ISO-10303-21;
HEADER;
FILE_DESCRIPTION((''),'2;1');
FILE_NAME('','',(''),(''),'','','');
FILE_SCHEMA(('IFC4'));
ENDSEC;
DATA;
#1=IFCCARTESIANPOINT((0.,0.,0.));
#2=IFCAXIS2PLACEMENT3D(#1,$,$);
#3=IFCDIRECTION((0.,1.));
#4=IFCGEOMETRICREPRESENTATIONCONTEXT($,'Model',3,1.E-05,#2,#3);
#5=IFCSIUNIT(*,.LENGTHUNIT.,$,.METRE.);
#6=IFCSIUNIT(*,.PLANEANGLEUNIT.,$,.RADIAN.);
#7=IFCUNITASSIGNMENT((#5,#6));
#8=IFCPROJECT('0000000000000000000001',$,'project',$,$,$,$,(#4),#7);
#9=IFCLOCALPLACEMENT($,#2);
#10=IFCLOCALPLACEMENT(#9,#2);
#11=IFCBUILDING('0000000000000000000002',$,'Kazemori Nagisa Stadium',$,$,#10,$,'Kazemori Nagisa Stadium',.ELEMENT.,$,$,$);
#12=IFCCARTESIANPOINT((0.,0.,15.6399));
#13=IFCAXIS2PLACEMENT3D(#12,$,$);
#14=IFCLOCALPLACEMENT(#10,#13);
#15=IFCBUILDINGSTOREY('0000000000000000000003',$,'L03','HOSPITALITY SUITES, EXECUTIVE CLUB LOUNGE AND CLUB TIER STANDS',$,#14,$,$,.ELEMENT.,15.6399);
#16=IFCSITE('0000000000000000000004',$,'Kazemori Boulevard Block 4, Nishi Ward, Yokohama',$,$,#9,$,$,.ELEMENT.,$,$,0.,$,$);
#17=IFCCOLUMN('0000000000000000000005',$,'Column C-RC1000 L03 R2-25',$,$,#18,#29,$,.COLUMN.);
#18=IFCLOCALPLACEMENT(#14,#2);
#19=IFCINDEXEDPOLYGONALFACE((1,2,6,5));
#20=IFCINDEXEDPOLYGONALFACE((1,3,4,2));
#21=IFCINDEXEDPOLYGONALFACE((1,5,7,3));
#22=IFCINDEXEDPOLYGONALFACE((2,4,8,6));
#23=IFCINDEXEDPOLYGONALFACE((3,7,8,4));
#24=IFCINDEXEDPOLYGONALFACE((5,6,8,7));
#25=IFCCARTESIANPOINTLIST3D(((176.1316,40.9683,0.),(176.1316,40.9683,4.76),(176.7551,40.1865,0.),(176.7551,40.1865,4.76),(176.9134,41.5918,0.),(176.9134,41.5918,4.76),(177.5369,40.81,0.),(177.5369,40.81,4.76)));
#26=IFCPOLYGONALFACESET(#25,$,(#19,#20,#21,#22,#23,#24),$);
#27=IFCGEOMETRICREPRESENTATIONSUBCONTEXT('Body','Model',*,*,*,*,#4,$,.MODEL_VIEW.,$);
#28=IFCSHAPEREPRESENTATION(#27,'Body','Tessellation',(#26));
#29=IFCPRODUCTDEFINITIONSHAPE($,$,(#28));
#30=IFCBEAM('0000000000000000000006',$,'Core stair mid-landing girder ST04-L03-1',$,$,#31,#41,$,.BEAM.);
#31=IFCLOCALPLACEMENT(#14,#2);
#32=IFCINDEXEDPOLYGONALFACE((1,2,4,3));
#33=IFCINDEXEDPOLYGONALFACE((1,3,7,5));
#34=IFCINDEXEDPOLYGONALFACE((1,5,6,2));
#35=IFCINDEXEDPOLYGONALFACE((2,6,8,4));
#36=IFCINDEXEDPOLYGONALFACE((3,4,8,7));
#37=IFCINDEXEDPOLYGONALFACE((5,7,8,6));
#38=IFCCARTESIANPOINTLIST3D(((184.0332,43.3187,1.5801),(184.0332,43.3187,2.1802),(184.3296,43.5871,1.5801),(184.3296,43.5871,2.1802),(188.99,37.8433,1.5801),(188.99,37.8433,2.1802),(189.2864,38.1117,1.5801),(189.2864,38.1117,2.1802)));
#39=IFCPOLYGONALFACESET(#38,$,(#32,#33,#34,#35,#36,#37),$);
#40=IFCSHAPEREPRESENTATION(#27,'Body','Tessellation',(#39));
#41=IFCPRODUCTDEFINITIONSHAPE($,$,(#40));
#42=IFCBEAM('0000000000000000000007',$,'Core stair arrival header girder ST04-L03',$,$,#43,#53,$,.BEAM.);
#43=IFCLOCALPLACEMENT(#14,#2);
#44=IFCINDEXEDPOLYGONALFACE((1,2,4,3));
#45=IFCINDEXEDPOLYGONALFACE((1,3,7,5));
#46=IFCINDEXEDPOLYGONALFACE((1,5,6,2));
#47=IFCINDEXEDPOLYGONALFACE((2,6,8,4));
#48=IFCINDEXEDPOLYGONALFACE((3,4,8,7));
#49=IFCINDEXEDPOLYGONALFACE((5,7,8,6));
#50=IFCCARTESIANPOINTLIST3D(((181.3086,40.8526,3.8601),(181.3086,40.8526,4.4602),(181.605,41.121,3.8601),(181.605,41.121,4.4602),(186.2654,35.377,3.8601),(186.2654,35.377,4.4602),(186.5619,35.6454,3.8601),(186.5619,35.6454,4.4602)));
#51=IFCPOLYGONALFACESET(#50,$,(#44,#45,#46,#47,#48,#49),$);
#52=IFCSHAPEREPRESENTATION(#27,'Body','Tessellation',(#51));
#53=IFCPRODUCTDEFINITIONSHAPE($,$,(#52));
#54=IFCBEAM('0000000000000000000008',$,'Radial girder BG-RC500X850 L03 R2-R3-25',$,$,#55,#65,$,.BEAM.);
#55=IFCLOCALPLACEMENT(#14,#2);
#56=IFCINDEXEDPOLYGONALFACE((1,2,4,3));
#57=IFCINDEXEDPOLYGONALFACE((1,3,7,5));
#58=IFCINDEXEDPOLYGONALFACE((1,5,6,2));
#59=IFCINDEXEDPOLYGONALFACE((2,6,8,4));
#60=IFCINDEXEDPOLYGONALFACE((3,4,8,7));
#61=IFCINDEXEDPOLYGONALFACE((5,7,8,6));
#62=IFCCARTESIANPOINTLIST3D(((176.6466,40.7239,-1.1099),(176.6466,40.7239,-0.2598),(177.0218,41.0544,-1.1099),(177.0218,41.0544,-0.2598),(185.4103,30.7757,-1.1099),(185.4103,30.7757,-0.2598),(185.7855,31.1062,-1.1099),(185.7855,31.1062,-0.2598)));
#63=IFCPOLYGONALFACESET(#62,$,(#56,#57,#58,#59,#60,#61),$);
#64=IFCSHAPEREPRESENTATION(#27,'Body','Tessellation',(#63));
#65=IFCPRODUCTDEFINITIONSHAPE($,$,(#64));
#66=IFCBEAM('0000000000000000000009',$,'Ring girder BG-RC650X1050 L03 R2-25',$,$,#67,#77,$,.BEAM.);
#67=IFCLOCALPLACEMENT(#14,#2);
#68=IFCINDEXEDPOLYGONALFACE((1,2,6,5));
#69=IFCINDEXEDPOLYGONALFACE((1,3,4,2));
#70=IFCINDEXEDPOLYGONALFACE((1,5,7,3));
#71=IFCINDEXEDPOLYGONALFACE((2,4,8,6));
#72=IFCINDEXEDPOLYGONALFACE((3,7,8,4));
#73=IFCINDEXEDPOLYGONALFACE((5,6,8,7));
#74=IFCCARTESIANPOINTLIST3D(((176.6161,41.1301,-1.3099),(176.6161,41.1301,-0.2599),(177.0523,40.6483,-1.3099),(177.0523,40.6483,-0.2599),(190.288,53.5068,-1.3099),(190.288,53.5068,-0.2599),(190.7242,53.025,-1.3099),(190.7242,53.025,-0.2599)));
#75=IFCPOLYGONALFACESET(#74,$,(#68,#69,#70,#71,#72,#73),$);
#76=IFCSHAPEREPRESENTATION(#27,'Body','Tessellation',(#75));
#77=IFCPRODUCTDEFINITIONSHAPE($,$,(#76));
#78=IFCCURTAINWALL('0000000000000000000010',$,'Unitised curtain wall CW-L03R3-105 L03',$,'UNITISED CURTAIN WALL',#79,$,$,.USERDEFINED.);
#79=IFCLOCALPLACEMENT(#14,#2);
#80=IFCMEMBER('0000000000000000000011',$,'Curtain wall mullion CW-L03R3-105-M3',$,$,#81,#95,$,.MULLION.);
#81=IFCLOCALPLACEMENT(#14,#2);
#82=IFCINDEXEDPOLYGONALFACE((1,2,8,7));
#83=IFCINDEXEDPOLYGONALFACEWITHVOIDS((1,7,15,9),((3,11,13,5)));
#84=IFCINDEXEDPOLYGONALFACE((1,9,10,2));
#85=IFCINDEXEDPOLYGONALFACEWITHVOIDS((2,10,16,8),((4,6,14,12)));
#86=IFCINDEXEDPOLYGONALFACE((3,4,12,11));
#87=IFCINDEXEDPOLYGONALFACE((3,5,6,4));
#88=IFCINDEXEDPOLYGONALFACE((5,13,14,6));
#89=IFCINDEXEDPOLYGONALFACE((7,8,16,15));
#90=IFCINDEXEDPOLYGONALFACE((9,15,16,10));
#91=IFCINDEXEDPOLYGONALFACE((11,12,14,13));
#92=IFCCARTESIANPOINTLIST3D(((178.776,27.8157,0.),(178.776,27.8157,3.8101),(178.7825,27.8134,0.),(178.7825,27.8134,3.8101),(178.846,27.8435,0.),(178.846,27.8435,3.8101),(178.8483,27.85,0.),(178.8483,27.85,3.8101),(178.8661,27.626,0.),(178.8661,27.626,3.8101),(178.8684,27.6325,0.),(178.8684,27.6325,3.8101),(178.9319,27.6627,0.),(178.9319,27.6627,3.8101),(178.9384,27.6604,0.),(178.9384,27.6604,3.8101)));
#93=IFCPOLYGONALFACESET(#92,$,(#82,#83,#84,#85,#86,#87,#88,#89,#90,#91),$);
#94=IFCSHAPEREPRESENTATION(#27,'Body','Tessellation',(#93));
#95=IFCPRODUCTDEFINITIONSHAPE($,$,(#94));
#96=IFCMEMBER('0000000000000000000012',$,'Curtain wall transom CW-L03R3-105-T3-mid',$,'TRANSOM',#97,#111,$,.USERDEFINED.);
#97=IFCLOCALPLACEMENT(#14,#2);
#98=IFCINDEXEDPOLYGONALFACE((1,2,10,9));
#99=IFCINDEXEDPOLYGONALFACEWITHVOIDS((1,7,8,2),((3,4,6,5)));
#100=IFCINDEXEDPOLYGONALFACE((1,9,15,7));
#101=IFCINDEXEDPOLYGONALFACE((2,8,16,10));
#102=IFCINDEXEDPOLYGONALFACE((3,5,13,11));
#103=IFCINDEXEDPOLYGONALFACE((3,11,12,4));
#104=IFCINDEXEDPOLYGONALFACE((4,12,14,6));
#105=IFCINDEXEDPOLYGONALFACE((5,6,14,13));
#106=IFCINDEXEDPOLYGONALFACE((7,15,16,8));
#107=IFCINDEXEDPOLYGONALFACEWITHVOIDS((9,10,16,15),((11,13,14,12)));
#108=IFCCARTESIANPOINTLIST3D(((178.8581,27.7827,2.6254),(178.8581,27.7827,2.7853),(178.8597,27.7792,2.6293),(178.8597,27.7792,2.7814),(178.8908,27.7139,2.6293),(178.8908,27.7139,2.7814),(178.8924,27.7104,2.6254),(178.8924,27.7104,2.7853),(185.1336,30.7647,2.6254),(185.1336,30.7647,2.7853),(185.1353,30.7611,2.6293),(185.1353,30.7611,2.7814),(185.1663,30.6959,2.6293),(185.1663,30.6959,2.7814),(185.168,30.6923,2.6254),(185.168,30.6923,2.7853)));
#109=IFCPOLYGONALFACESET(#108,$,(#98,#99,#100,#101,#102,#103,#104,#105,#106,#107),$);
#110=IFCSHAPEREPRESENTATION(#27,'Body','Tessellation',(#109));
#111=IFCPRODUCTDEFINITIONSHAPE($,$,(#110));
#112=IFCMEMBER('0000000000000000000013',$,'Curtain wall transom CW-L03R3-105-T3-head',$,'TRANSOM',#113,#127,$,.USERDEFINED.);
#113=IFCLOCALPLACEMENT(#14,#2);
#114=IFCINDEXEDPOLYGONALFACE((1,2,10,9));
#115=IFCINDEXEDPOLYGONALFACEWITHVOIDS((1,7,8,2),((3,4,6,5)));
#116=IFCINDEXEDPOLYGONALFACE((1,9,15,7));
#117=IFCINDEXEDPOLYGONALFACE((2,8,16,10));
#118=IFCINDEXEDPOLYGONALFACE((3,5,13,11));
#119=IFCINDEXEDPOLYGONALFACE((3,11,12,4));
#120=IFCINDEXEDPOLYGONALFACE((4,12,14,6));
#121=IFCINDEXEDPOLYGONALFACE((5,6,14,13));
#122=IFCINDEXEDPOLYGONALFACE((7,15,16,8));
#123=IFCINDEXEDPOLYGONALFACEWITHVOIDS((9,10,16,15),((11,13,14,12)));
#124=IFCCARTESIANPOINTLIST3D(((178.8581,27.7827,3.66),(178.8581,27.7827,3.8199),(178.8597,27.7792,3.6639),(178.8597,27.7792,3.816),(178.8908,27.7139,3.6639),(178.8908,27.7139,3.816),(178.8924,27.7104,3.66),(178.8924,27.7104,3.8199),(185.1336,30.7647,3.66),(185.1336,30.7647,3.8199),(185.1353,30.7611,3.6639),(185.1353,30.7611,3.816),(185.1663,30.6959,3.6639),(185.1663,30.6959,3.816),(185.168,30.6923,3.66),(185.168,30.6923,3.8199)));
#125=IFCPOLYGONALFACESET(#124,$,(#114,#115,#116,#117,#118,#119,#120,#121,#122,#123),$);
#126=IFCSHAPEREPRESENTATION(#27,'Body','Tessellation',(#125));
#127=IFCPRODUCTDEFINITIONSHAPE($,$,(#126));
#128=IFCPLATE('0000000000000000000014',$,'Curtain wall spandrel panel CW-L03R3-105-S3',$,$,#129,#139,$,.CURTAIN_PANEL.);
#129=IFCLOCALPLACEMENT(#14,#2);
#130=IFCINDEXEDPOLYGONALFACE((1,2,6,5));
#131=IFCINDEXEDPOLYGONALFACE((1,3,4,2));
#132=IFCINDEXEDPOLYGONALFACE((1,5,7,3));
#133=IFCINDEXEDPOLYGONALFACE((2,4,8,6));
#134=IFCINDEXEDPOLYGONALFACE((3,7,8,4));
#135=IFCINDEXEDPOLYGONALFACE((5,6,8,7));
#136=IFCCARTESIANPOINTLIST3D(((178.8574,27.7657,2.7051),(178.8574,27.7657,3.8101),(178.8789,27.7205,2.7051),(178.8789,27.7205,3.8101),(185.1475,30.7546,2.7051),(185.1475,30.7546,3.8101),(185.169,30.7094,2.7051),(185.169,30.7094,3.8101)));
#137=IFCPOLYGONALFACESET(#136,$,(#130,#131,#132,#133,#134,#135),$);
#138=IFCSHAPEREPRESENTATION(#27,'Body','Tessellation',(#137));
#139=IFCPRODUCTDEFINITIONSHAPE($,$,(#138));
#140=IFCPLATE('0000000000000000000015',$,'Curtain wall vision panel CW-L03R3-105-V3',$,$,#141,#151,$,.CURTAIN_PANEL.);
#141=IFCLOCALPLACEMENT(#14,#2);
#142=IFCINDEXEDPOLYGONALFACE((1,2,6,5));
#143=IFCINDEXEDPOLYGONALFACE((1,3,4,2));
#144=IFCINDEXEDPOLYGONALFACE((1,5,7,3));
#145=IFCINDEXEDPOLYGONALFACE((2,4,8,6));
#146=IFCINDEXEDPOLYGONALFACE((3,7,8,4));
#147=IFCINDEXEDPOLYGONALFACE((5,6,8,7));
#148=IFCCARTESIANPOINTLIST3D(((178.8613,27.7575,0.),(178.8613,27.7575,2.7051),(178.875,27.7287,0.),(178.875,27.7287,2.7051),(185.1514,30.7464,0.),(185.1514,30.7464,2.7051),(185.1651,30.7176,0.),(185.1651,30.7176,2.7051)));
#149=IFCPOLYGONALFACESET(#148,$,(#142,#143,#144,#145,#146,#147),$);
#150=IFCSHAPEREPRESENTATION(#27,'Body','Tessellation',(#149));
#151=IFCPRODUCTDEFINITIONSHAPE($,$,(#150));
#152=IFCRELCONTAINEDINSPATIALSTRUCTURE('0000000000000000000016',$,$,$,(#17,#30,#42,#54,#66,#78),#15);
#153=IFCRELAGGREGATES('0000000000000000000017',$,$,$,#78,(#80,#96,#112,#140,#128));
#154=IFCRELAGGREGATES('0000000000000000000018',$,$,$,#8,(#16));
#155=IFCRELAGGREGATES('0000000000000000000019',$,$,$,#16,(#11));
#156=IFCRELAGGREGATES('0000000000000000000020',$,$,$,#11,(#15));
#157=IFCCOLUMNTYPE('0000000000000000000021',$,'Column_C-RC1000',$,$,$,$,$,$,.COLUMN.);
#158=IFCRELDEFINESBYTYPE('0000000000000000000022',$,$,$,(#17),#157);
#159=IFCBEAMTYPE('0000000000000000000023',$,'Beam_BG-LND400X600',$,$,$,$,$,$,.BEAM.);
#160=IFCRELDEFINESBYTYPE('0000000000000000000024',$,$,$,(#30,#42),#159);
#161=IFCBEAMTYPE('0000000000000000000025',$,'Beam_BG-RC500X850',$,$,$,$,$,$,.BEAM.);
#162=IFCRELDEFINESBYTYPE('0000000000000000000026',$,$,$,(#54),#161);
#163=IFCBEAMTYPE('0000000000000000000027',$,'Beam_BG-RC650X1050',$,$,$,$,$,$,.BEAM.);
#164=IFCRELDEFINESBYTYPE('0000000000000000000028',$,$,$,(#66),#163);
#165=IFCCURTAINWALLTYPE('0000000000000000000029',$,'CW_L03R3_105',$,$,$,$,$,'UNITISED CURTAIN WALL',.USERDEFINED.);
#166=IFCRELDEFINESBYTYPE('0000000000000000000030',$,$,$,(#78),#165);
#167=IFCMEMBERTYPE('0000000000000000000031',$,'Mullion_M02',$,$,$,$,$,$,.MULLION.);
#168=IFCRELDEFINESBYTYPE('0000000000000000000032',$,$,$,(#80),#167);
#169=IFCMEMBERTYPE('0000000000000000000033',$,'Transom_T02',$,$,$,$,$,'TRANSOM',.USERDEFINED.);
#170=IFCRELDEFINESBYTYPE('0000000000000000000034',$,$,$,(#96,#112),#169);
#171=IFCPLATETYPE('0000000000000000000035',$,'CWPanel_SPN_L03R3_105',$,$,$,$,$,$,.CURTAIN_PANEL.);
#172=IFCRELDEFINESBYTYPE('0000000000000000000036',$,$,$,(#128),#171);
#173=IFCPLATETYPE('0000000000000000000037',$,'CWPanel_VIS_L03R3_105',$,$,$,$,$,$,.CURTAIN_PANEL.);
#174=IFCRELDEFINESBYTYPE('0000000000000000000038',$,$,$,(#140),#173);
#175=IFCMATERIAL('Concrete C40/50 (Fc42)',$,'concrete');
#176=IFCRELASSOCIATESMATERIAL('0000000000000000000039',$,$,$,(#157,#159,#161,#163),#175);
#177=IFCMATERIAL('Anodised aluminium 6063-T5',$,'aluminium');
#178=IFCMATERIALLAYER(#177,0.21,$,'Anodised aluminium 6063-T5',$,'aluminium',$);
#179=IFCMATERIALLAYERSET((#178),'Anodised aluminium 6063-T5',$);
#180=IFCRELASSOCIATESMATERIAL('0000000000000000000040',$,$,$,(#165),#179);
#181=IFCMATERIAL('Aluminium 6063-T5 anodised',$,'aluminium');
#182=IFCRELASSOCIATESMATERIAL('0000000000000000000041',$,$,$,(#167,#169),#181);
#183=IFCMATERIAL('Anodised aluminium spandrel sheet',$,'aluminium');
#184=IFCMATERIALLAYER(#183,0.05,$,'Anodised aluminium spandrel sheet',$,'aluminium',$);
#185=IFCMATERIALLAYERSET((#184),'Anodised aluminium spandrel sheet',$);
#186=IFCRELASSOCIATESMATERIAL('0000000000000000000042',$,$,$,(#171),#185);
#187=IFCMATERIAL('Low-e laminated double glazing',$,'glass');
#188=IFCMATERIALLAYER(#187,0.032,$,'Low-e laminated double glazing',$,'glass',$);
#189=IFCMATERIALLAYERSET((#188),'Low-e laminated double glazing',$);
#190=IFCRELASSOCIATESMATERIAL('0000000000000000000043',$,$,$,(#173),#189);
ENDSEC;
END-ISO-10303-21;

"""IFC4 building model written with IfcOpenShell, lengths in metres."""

from ifc_helpers import new_model, si_unit, direction, frame, origin, origin_2d, place, context, subcontext, project, spatial, rectangle, hollow_rectangle, extrude, material, layer, layer_set, material_profile, profile_set, type_object, element, aggregate, save


model = new_model("IFC4")

# Units and contexts
model_context = context("Model", 3, precision=1e-05, world=origin(), true_north=direction((0.0, 1.0)))
body_context = subcontext(model_context, "Body", "Model", "MODEL_VIEW")
ifc_project = project(units=[si_unit("LENGTHUNIT", "METRE"), si_unit("PLANEANGLEUNIT", "RADIAN")], contexts=[model_context])

# Site, building, storey
site_placement = place(None, origin())
site = spatial("IfcSite", under=ifc_project, at=site_placement, Name="Kazemori Boulevard Block 4, Nishi Ward, Yokohama", CompositionType="ELEMENT", RefElevation=0.0)
building_placement = place(site_placement, origin())
building = spatial("IfcBuilding", under=site, at=building_placement, Name="Kazemori Nagisa Stadium", LongName="Kazemori Nagisa Stadium", CompositionType="ELEMENT")
storey_placement = place(building_placement, frame((0.0, 0.0, 15.6399)))
storey = spatial("IfcBuildingStorey", under=building, at=storey_placement, Name="L03", Description="HOSPITALITY SUITES, EXECUTIVE CLUB LOUNGE AND CLUB TIER STANDS", CompositionType="ELEMENT", Elevation=15.6399)

# Column
ifc_material_1 = material(Name="Concrete C40/50 (Fc42)", Category="concrete")
ifc_material_profile_1 = material_profile(ifc_material_1, rectangle(XDim=1.0, YDim=1.0, at=origin_2d()), Name="RC-COL-1000x1000")
ifc_profile_set_1 = profile_set([ifc_material_profile_1], Name="Concrete C40/50 (Fc42)")
column_type = type_object("IfcColumnType", Name="Column_C-RC1000", PredefinedType="COLUMN", material=ifc_profile_set_1)
column_placement = place(storey_placement, frame((176.8342, 40.8892, 0.0), z_axis=(0.0, 0.0, 1.0), x_axis=(0.62349, -0.781831, 0.0)))
element("IfcColumn", 1, at=column_placement, inside=storey, type_object=column_type, Name="Column C-RC1000 L03 R2-25", PredefinedType="COLUMN", context=body_context, shape_type="SweptSolid", body=[
    extrude(rectangle(XDim=1.0, YDim=1.0, at=origin_2d()), origin(), (0.0, 0.0, 1.0), 4.76),
])

# Beams
ifc_material_profile_2 = material_profile(ifc_material_1, rectangle(XDim=0.3999, YDim=0.6001, at=origin_2d()), Name="RC-BM-400x600")
ifc_profile_set_2 = profile_set([ifc_material_profile_2], Name="Concrete C40/50 (Fc42)")
beam_type_1 = type_object("IfcBeamType", Name="Beam_BG-LND400X600", PredefinedType="BEAM", material=ifc_profile_set_2)
beam_1_placement = place(storey_placement, frame((184.1814, 43.4529, 1.8801), z_axis=(0.67113, -0.74134, 0.0), x_axis=(0.74134, 0.67113, 0.0)))
element("IfcBeam", 2, at=beam_1_placement, inside=storey, type_object=beam_type_1, Name="Core stair mid-landing girder ST04-L03-1", PredefinedType="BEAM", context=body_context, shape_type="SweptSolid", body=[
    extrude(rectangle(XDim=0.3999, YDim=0.6001, at=origin_2d()), origin(), (0.0, 0.0, 1.0), 7.3857),
])
beam_2_placement = place(storey_placement, frame((181.4568, 40.9868, 4.1602), z_axis=(0.671113, -0.741355, 0.0), x_axis=(0.741355, 0.671113, 0.0)))
element("IfcBeam", 3, at=beam_2_placement, inside=storey, type_object=beam_type_1, Name="Core stair arrival header girder ST04-L03", PredefinedType="BEAM", context=body_context, shape_type="SweptSolid", body=[
    extrude(rectangle(XDim=0.3999, YDim=0.6001, at=origin_2d()), origin(), (0.0, 0.0, 1.0), 7.386),
])
ifc_material_profile_3 = material_profile(ifc_material_1, rectangle(XDim=0.5, YDim=0.8501, at=origin_2d()), Name="RC-BM-500x850")
ifc_profile_set_3 = profile_set([ifc_material_profile_3], Name="Concrete C40/50 (Fc42)")
beam_type_2 = type_object("IfcBeamType", Name="Beam_BG-RC500X850", PredefinedType="BEAM", material=ifc_profile_set_3)
beam_3_placement = place(storey_placement, frame((176.8342, 40.8892, -0.6848), z_axis=(0.66102, -0.750369, 0.0), x_axis=(0.750369, 0.66102, 0.0)))
element("IfcBeam", 4, at=beam_3_placement, inside=storey, type_object=beam_type_2, Name="Radial girder BG-RC500X850 L03 R2-R3-25", PredefinedType="BEAM", context=body_context, shape_type="SweptSolid", body=[
    extrude(rectangle(XDim=0.5, YDim=0.8501, at=origin_2d()), origin(), (0.0, 0.0, 1.0), 13.2578),
])
ifc_material_profile_4 = material_profile(ifc_material_1, rectangle(XDim=0.6499, YDim=1.05, at=origin_2d()), Name="RC-BM-650x1050")
ifc_profile_set_4 = profile_set([ifc_material_profile_4], Name="Concrete C40/50 (Fc42)")
beam_type_3 = type_object("IfcBeamType", Name="Beam_BG-RC650X1050", PredefinedType="BEAM", material=ifc_profile_set_4)
beam_4_placement = place(storey_placement, frame((176.8342, 40.8892, -0.7849), z_axis=(0.741349, 0.67112, 0.0), x_axis=(-0.67112, 0.741349, 0.0)))
element("IfcBeam", 5, at=beam_4_placement, inside=storey, type_object=beam_type_3, Name="Ring girder BG-RC650X1050 L03 R2-25", PredefinedType="BEAM", context=body_context, shape_type="SweptSolid", body=[
    extrude(rectangle(XDim=0.6499, YDim=1.05, at=origin_2d()), origin(), (0.0, 0.0, 1.0), 18.4419),
])

# Curtain wall, members, plates
ifc_material_2 = material(Name="Anodised aluminium 6063-T5", Category="aluminium")
ifc_layer_1 = layer(ifc_material_2, 0.21, Name="Anodised aluminium 6063-T5", Category="aluminium")
ifc_layer_set_1 = layer_set([ifc_layer_1], Name="Anodised aluminium 6063-T5")
curtain_wall_type = type_object("IfcCurtainWallType", Name="CW_L03R3_105", ElementType="UNITISED CURTAIN WALL", PredefinedType="USERDEFINED", material=ifc_layer_set_1)
curtain_wall_placement = place(storey_placement, origin())
curtain_wall = element("IfcCurtainWall", 6, at=curtain_wall_placement, inside=storey, type_object=curtain_wall_type, Name="Unitised curtain wall CW-L03R3-105 L03", ObjectType="UNITISED CURTAIN WALL", PredefinedType="USERDEFINED")
ifc_material_3 = material(Name="Aluminium 6063-T5 anodised", Category="aluminium")
ifc_material_profile_5 = material_profile(ifc_material_3, hollow_rectangle(XDim=0.0801, YDim=0.21, WallThickness=0.0049, at=origin_2d()), Name="ALU-MULL-80x210x5")
ifc_profile_set_5 = profile_set([ifc_material_profile_5], Name="Aluminium 6063-T5 anodised")
member_type_1 = type_object("IfcMemberType", Name="Mullion_M02", PredefinedType="MULLION", material=ifc_profile_set_5)
member_1_placement = place(storey_placement, frame((178.8572, 27.738, 0.0), z_axis=(0.0, 0.0, 1.0), x_axis=(0.903216, 0.429186, 0.0)))
member_1 = element("IfcMember", 7, at=member_1_placement, type_object=member_type_1, Name="Curtain wall mullion CW-L03R3-105-M3", PredefinedType="MULLION", context=body_context, shape_type="SweptSolid", body=[
    extrude(hollow_rectangle(XDim=0.0801, YDim=0.21, WallThickness=0.0049, at=origin_2d()), origin(), (0.0, 0.0, 1.0), 3.8101),
])
ifc_material_profile_6 = material_profile(ifc_material_3, hollow_rectangle(XDim=0.0801, YDim=0.1599, WallThickness=0.0039, at=origin_2d()), Name="ALU-TRAN-80x160x4")
ifc_profile_set_6 = profile_set([ifc_material_profile_6], Name="Aluminium 6063-T5 anodised")
member_type_2 = type_object("IfcMemberType", Name="Transom_T02", ElementType="TRANSOM", PredefinedType="USERDEFINED", material=ifc_profile_set_6)
member_2_placement = place(storey_placement, frame((178.8752, 27.7466, 2.7053), z_axis=(0.903221, 0.429175, 0.0), x_axis=(-0.429175, 0.903221, 0.0)))
member_2 = element("IfcMember", 8, at=member_2_placement, type_object=member_type_2, Name="Curtain wall transom CW-L03R3-105-T3-mid", ObjectType="TRANSOM", PredefinedType="USERDEFINED", context=body_context, shape_type="SweptSolid", body=[
    extrude(hollow_rectangle(XDim=0.0801, YDim=0.1599, WallThickness=0.0039, at=origin_2d()), origin(), (0.0, 0.0, 1.0), 6.948),
])
member_3_placement = place(storey_placement, frame((178.8752, 27.7466, 3.74), z_axis=(0.903221, 0.429175, 0.0), x_axis=(-0.429175, 0.903221, 0.0)))
member_3 = element("IfcMember", 9, at=member_3_placement, type_object=member_type_2, Name="Curtain wall transom CW-L03R3-105-T3-head", ObjectType="TRANSOM", PredefinedType="USERDEFINED", context=body_context, shape_type="SweptSolid", body=[
    extrude(hollow_rectangle(XDim=0.0801, YDim=0.1599, WallThickness=0.0039, at=origin_2d()), origin(), (0.0, 0.0, 1.0), 6.948),
])
ifc_material_4 = material(Name="Anodised aluminium spandrel sheet", Category="aluminium")
ifc_layer_2 = layer(ifc_material_4, 0.05, Name="Anodised aluminium spandrel sheet", Category="aluminium")
ifc_layer_set_2 = layer_set([ifc_layer_2], Name="Anodised aluminium spandrel sheet")
plate_type_1 = type_object("IfcPlateType", Name="CWPanel_SPN_L03R3_105", PredefinedType="CURTAIN_PANEL", material=ifc_layer_set_2)
plate_1_placement = place(storey_placement, frame((182.0132, 29.2375, 2.7051), z_axis=(0.0, 0.0, 1.0), x_axis=(0.903216, 0.429186, 0.0)))
plate_1 = element("IfcPlate", 10, at=plate_1_placement, type_object=plate_type_1, Name="Curtain wall spandrel panel CW-L03R3-105-S3", PredefinedType="CURTAIN_PANEL", context=body_context, shape_type="SweptSolid", body=[
    extrude(rectangle(XDim=6.9641, YDim=0.05, at=origin_2d()), origin(), (0.0, 0.0, 1.0), 1.105),
])
ifc_material_5 = material(Name="Low-e laminated double glazing", Category="glass")
ifc_layer_3 = layer(ifc_material_5, 0.032, Name="Low-e laminated double glazing", Category="glass")
ifc_layer_set_3 = layer_set([ifc_layer_3], Name="Low-e laminated double glazing")
plate_type_2 = type_object("IfcPlateType", Name="CWPanel_VIS_L03R3_105", PredefinedType="CURTAIN_PANEL", material=ifc_layer_set_3)
plate_2_placement = place(storey_placement, frame((182.0132, 29.2375, 0.0), z_axis=(0.0, 0.0, 1.0), x_axis=(0.903216, 0.429186, 0.0)))
plate_2 = element("IfcPlate", 11, at=plate_2_placement, type_object=plate_type_2, Name="Curtain wall vision panel CW-L03R3-105-V3", PredefinedType="CURTAIN_PANEL", context=body_context, shape_type="SweptSolid", body=[
    extrude(rectangle(XDim=6.9641, YDim=0.032, at=origin_2d()), origin(), (0.0, 0.0, 1.0), 2.7051),
])
aggregate(curtain_wall, [member_1, member_2, member_3, plate_2, plate_1])

save(model, "model.ifc")
